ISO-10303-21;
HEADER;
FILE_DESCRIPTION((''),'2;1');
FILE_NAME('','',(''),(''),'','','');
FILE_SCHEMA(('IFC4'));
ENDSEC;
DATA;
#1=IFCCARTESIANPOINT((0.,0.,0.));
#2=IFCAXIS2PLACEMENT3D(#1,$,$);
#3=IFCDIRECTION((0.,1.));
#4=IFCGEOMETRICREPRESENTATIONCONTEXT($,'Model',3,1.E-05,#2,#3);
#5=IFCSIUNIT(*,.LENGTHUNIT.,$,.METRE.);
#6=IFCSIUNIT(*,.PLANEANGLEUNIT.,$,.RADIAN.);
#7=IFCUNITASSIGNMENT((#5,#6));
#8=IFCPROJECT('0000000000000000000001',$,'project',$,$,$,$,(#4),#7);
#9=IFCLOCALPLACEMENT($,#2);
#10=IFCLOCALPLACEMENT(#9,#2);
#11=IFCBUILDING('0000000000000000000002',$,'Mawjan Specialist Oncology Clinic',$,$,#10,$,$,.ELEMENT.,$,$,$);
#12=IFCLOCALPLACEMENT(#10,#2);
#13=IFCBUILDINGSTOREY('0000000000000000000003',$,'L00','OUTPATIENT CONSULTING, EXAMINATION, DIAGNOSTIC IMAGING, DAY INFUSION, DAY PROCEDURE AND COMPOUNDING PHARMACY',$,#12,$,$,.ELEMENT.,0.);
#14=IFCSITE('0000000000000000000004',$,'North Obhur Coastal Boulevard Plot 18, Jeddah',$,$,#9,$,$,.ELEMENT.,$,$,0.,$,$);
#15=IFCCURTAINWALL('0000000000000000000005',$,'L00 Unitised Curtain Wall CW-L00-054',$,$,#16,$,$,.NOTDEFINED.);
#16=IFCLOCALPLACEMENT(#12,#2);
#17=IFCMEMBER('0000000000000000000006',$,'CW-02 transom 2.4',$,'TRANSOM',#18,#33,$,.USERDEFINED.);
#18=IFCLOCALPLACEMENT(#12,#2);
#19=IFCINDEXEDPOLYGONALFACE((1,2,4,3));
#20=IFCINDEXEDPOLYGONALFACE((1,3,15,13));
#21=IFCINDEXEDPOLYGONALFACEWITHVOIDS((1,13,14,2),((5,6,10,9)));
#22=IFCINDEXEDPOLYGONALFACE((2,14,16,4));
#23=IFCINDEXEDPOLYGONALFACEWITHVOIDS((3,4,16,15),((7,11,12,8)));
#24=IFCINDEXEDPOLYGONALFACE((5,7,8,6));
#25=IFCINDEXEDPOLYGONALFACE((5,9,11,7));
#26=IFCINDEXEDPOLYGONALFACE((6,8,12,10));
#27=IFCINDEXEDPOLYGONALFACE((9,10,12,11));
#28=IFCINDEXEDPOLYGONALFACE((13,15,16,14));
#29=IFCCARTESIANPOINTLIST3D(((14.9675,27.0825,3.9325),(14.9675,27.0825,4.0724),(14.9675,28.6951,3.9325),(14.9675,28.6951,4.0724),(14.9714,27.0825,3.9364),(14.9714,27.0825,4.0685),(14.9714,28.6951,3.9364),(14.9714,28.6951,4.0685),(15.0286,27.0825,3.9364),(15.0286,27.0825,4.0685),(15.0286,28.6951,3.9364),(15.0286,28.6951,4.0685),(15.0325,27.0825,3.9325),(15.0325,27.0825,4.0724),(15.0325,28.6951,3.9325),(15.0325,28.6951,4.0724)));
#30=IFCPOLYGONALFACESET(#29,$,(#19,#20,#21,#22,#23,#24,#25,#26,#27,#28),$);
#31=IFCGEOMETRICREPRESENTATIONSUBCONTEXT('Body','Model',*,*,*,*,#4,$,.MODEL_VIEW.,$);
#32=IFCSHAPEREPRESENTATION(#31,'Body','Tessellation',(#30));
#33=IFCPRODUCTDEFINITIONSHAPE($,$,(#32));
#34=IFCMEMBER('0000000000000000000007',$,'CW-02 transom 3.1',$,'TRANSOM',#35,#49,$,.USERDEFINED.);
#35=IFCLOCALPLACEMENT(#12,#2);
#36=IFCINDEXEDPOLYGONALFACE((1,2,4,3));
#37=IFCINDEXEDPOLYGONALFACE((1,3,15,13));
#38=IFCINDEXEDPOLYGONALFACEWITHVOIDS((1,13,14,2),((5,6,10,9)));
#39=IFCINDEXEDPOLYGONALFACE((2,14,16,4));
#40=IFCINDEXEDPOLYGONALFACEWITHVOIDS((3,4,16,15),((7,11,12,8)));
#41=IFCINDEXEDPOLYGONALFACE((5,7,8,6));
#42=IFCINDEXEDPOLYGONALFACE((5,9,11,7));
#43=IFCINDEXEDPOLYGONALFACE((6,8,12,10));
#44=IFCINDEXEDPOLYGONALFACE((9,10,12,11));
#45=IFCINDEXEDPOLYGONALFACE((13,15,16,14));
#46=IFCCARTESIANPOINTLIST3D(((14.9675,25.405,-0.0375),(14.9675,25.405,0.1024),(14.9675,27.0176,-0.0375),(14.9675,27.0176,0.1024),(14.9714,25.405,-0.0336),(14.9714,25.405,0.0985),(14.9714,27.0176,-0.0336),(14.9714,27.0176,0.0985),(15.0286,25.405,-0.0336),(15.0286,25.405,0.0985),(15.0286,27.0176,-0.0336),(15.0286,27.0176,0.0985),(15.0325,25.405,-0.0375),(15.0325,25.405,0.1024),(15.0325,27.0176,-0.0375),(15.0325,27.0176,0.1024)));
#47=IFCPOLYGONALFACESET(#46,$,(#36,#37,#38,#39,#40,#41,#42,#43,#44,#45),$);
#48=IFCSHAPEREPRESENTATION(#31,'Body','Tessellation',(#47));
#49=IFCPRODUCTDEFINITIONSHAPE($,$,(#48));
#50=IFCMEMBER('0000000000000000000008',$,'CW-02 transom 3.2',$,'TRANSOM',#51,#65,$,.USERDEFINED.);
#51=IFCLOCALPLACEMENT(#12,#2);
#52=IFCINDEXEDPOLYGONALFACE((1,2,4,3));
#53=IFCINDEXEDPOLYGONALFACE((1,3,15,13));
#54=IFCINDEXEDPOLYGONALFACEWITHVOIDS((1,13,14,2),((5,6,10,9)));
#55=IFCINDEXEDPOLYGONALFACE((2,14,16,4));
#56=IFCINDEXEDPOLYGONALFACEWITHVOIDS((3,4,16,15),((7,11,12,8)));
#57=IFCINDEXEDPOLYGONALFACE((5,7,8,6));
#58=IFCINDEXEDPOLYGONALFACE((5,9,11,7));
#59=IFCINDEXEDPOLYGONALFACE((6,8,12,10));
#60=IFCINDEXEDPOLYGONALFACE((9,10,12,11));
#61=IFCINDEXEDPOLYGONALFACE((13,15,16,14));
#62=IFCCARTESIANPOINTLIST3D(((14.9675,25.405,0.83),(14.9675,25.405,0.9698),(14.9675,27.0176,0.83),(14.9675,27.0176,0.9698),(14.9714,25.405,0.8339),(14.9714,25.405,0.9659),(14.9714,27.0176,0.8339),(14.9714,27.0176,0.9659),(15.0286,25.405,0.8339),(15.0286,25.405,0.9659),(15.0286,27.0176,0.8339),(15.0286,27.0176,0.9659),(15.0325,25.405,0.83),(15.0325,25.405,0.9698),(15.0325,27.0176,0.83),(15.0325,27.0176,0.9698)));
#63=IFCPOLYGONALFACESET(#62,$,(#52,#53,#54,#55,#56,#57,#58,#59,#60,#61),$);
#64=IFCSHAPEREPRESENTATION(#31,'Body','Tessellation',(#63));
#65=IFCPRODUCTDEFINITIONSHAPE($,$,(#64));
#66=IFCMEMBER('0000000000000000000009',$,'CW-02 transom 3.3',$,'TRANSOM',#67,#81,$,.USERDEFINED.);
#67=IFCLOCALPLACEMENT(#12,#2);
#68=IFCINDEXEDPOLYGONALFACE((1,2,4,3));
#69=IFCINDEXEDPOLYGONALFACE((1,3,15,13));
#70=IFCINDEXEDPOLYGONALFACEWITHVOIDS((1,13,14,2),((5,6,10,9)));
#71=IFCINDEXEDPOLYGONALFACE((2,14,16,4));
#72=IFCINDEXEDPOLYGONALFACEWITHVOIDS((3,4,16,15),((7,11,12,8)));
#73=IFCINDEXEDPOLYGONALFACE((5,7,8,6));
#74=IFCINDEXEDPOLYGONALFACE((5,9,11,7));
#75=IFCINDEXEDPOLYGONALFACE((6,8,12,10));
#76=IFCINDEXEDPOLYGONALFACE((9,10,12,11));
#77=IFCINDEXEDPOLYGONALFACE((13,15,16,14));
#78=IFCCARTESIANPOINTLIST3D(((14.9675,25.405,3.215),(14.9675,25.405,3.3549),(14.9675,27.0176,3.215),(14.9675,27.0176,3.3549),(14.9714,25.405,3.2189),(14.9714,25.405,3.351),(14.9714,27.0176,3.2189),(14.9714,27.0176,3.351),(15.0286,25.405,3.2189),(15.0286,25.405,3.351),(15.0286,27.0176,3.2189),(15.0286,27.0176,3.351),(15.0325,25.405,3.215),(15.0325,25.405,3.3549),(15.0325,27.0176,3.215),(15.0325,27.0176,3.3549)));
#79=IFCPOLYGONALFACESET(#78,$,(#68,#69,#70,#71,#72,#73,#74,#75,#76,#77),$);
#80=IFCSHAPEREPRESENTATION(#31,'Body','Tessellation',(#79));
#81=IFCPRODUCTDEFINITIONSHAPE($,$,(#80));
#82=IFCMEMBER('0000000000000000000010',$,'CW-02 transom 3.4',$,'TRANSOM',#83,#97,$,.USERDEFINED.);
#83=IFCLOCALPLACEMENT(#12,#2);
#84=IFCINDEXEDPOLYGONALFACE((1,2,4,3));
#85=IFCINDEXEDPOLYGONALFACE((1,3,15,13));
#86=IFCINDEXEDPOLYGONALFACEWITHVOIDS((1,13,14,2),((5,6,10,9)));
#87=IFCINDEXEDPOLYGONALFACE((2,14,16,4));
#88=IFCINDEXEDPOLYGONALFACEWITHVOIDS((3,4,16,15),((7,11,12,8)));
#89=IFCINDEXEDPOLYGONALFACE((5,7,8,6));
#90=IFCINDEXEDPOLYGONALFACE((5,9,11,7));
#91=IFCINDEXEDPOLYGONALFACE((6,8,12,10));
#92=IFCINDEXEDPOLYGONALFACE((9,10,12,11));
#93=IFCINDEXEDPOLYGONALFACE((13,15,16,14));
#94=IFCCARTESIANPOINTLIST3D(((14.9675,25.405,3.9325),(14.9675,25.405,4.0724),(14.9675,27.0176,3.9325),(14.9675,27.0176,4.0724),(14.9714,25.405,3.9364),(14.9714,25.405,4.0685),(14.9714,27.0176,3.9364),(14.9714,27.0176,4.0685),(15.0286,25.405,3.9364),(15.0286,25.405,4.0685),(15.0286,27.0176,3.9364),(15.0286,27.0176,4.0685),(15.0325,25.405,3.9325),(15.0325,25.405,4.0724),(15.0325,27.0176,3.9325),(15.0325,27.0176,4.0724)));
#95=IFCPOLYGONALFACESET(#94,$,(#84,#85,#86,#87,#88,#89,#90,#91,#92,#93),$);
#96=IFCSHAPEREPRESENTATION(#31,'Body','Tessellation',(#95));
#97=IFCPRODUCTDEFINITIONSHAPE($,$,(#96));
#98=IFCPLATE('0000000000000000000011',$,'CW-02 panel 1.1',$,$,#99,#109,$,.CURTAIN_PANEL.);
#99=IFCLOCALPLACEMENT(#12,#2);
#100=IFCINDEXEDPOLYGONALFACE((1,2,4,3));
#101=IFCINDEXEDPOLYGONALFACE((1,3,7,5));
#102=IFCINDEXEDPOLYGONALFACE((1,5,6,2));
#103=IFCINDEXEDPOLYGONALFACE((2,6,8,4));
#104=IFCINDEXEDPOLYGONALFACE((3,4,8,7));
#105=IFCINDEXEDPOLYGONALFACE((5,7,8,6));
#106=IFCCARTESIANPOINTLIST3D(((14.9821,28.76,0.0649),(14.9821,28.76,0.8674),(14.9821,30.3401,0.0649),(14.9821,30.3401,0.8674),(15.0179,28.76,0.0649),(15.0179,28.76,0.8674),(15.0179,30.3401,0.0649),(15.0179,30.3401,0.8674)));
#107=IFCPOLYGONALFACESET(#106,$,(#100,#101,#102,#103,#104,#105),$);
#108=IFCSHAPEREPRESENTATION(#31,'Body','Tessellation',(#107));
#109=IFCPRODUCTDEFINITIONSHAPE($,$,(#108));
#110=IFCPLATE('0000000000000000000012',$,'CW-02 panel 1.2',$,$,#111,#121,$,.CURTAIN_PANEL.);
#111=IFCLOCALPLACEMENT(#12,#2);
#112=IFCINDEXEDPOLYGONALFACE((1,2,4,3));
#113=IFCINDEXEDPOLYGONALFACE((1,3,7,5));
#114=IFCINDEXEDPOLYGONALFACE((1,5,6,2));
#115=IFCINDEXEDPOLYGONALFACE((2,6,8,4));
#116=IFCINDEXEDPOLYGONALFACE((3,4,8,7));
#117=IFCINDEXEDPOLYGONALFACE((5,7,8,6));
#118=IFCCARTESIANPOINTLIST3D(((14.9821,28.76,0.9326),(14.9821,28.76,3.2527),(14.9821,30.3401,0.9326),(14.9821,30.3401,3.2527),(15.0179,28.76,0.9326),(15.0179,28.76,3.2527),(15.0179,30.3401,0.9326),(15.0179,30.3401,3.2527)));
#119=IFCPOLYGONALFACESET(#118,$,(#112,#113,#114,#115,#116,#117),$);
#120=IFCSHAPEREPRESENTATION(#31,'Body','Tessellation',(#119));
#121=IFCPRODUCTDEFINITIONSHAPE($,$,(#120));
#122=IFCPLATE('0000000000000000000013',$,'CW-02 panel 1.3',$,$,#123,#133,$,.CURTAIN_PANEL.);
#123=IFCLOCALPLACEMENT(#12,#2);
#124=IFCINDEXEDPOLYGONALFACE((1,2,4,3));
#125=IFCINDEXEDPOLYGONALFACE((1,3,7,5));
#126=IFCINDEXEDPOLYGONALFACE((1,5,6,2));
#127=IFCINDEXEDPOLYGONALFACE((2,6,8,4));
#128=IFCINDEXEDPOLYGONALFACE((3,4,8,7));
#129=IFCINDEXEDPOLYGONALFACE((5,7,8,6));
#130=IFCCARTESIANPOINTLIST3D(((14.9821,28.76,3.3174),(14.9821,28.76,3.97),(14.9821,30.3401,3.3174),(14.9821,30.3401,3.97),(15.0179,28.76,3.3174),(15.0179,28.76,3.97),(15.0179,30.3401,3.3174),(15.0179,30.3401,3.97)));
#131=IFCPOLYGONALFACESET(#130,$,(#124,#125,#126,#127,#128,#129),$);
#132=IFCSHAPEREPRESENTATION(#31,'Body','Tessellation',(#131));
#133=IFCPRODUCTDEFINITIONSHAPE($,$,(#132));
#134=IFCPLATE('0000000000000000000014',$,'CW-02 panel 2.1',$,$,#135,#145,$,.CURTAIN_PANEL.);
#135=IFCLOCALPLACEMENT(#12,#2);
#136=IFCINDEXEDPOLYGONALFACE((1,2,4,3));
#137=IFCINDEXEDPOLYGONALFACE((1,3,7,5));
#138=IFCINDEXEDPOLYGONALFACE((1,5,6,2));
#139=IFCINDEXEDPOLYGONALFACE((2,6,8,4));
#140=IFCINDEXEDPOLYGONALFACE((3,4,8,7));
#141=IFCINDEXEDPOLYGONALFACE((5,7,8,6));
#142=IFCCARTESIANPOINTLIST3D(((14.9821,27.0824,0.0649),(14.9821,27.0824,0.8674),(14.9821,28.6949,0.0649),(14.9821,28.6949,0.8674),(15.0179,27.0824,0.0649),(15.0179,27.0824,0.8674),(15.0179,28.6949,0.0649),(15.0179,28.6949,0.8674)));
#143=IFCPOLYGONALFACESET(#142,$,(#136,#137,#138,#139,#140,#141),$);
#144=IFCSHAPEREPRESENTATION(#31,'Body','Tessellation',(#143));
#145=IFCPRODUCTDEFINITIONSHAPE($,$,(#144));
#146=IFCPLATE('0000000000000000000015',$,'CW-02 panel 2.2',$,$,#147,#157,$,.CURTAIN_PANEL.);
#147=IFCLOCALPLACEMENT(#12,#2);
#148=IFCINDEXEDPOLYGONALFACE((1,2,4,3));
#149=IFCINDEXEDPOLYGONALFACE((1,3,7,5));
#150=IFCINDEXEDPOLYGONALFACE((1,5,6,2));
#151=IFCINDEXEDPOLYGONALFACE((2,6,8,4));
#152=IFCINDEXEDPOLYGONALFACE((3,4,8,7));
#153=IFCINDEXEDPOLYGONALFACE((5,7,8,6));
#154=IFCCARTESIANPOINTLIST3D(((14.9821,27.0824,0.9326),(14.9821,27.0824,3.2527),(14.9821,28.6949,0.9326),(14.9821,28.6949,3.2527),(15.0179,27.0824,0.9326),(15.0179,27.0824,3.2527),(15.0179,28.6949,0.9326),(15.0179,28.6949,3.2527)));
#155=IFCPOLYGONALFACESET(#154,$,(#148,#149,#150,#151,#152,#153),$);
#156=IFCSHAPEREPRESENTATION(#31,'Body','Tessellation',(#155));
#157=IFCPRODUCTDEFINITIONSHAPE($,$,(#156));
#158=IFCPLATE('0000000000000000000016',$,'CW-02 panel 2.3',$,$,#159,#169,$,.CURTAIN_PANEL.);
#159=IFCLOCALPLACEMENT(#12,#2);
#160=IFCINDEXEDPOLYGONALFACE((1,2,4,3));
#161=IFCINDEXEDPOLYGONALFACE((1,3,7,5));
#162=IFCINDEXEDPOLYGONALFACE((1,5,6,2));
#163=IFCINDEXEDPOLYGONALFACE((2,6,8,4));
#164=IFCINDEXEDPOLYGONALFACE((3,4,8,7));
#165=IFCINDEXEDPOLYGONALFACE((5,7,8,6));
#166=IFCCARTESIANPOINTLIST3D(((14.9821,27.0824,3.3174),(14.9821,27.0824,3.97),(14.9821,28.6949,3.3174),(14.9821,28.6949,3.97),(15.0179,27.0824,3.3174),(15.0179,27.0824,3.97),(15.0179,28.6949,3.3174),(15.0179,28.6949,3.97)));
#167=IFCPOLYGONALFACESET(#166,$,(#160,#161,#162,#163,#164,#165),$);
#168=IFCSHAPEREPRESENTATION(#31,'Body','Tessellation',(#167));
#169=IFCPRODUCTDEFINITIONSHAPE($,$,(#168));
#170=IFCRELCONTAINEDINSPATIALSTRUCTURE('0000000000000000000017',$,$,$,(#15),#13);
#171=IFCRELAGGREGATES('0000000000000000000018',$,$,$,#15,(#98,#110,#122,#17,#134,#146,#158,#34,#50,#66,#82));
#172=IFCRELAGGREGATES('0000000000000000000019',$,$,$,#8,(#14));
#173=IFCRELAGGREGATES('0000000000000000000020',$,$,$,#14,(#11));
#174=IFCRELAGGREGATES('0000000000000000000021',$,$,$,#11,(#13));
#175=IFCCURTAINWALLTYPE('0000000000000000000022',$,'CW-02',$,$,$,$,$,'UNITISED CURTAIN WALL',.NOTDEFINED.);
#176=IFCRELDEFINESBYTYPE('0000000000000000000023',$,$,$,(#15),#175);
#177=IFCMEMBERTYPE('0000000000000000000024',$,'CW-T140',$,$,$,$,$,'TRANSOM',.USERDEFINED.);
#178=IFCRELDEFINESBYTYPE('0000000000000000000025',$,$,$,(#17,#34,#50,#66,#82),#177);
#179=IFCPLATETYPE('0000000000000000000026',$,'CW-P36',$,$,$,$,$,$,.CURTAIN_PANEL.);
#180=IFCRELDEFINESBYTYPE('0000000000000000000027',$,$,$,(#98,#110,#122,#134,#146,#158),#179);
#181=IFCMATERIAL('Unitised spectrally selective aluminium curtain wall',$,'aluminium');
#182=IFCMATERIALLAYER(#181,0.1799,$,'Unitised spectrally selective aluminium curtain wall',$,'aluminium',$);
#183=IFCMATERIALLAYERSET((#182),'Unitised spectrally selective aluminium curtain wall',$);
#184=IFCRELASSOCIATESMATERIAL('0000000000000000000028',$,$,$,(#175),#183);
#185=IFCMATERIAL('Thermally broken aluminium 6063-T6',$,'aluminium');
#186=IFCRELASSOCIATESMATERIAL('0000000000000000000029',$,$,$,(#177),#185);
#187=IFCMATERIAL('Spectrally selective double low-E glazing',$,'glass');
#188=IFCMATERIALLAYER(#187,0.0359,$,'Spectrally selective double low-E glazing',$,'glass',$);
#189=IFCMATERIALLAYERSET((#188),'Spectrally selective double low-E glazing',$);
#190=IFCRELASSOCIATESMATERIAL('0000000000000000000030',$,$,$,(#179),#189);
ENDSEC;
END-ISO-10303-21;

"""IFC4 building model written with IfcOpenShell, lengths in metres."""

from ifc_helpers import new_model, si_unit, direction, frame, origin, origin_2d, place, context, subcontext, project, spatial, rectangle, hollow_rectangle, extrude, material, layer, layer_set, material_profile, profile_set, type_object, element, aggregate, save


model = new_model("IFC4")

# Units and contexts
model_context = context("Model", 3, precision=1e-05, world=origin(), true_north=direction((0.0, 1.0)))
body_context = subcontext(model_context, "Body", "Model", "MODEL_VIEW")
ifc_project = project(units=[si_unit("LENGTHUNIT", "METRE"), si_unit("PLANEANGLEUNIT", "RADIAN")], contexts=[model_context])

# Site, building, storey
site_placement = place(None, origin())
site = spatial("IfcSite", under=ifc_project, at=site_placement, Name="North Obhur Coastal Boulevard Plot 18, Jeddah", CompositionType="ELEMENT", RefElevation=0.0)
building_placement = place(site_placement, origin())
building = spatial("IfcBuilding", under=site, at=building_placement, Name="Mawjan Specialist Oncology Clinic", CompositionType="ELEMENT")
storey_placement = place(building_placement, origin())
storey = spatial("IfcBuildingStorey", under=building, at=storey_placement, Name="L00", Description="OUTPATIENT CONSULTING, EXAMINATION, DIAGNOSTIC IMAGING, DAY INFUSION, DAY PROCEDURE AND COMPOUNDING PHARMACY", CompositionType="ELEMENT", Elevation=0.0)

# Curtain wall, members, plates
ifc_material_1 = material(Name="Unitised spectrally selective aluminium curtain wall", Category="aluminium")
ifc_layer_1 = layer(ifc_material_1, 0.1799, Name="Unitised spectrally selective aluminium curtain wall", Category="aluminium")
ifc_layer_set_1 = layer_set([ifc_layer_1], Name="Unitised spectrally selective aluminium curtain wall")
curtain_wall_type = type_object("IfcCurtainWallType", Name="CW-02", ElementType="UNITISED CURTAIN WALL", PredefinedType="NOTDEFINED", material=ifc_layer_set_1)
curtain_wall_placement = place(storey_placement, origin())
curtain_wall = element("IfcCurtainWall", 1, at=curtain_wall_placement, inside=storey, type_object=curtain_wall_type, Name="L00 Unitised Curtain Wall CW-L00-054", PredefinedType="NOTDEFINED")
ifc_material_2 = material(Name="Thermally broken aluminium 6063-T6", Category="aluminium")
ifc_material_profile_1 = material_profile(ifc_material_2, hollow_rectangle(XDim=0.0649, YDim=0.1399, WallThickness=0.0039, at=origin_2d()), Name="ALU TRANSOM 140x65x4", Category="aluminium")
ifc_profile_set_1 = profile_set([ifc_material_profile_1], Name="Thermally broken aluminium 6063-T6")
member_type_1 = type_object("IfcMemberType", Name="CW-T140", ElementType="TRANSOM", PredefinedType="USERDEFINED", material=ifc_profile_set_1)
member_1_placement = place(storey_placement, frame((15.0, 28.6951, 4.0024), z_axis=(0.0, -1.0, 0.0), x_axis=(1.0, 0.0, 0.0)))
member_1 = element("IfcMember", 2, at=member_1_placement, type_object=member_type_1, Name="CW-02 transom 2.4", ObjectType="TRANSOM", PredefinedType="USERDEFINED", context=body_context, shape_type="SweptSolid", body=[
    extrude(hollow_rectangle(XDim=0.0649, YDim=0.1399, WallThickness=0.0039, at=origin_2d()), origin(), (0.0, 0.0, 1.0), 1.6125),
])
member_2_placement = place(storey_placement, frame((15.0, 27.0176, 0.0325), z_axis=(0.0, -1.0, 0.0), x_axis=(1.0, 0.0, 0.0)))
member_2 = element("IfcMember", 3, at=member_2_placement, type_object=member_type_1, Name="CW-02 transom 3.1", ObjectType="TRANSOM", PredefinedType="USERDEFINED", context=body_context, shape_type="SweptSolid", body=[
    extrude(hollow_rectangle(XDim=0.0649, YDim=0.1399, WallThickness=0.0039, at=origin_2d()), origin(), (0.0, 0.0, 1.0), 1.6125),
])
member_3_placement = place(storey_placement, frame((15.0, 27.0176, 0.8999), z_axis=(0.0, -1.0, 0.0), x_axis=(1.0, 0.0, 0.0)))
member_3 = element("IfcMember", 4, at=member_3_placement, type_object=member_type_1, Name="CW-02 transom 3.2", ObjectType="TRANSOM", PredefinedType="USERDEFINED", context=body_context, shape_type="SweptSolid", body=[
    extrude(hollow_rectangle(XDim=0.0649, YDim=0.1399, WallThickness=0.0039, at=origin_2d()), origin(), (0.0, 0.0, 1.0), 1.6125),
])
member_4_placement = place(storey_placement, frame((15.0, 27.0176, 3.2849), z_axis=(0.0, -1.0, 0.0), x_axis=(1.0, 0.0, 0.0)))
member_4 = element("IfcMember", 5, at=member_4_placement, type_object=member_type_1, Name="CW-02 transom 3.3", ObjectType="TRANSOM", PredefinedType="USERDEFINED", context=body_context, shape_type="SweptSolid", body=[
    extrude(hollow_rectangle(XDim=0.0649, YDim=0.1399, WallThickness=0.0039, at=origin_2d()), origin(), (0.0, 0.0, 1.0), 1.6125),
])
member_5_placement = place(storey_placement, frame((15.0, 27.0176, 4.0024), z_axis=(0.0, -1.0, 0.0), x_axis=(1.0, 0.0, 0.0)))
member_5 = element("IfcMember", 6, at=member_5_placement, type_object=member_type_1, Name="CW-02 transom 3.4", ObjectType="TRANSOM", PredefinedType="USERDEFINED", context=body_context, shape_type="SweptSolid", body=[
    extrude(hollow_rectangle(XDim=0.0649, YDim=0.1399, WallThickness=0.0039, at=origin_2d()), origin(), (0.0, 0.0, 1.0), 1.6125),
])
ifc_material_3 = material(Name="Spectrally selective double low-E glazing", Category="glass")
ifc_layer_2 = layer(ifc_material_3, 0.0359, Name="Spectrally selective double low-E glazing", Category="glass")
ifc_layer_set_2 = layer_set([ifc_layer_2], Name="Spectrally selective double low-E glazing")
plate_type = type_object("IfcPlateType", Name="CW-P36", PredefinedType="CURTAIN_PANEL", material=ifc_layer_set_2)
plate_1_placement = place(storey_placement, frame((15.0, 29.55, 0.0649), z_axis=(0.0, 0.0, 1.0), x_axis=(0.0, -1.0, 0.0)))
plate_1 = element("IfcPlate", 7, at=plate_1_placement, type_object=plate_type, Name="CW-02 panel 1.1", PredefinedType="CURTAIN_PANEL", context=body_context, shape_type="SweptSolid", body=[
    extrude(rectangle(XDim=1.5801, YDim=0.0359, at=origin_2d()), origin(), (0.0, 0.0, 1.0), 0.8025),
])
plate_2_placement = place(storey_placement, frame((15.0, 29.55, 0.9326), z_axis=(0.0, 0.0, 1.0), x_axis=(0.0, -1.0, 0.0)))
plate_2 = element("IfcPlate", 8, at=plate_2_placement, type_object=plate_type, Name="CW-02 panel 1.2", PredefinedType="CURTAIN_PANEL", context=body_context, shape_type="SweptSolid", body=[
    extrude(rectangle(XDim=1.5801, YDim=0.0359, at=origin_2d()), origin(), (0.0, 0.0, 1.0), 2.3201),
])
plate_3_placement = place(storey_placement, frame((15.0, 29.55, 3.3174), z_axis=(0.0, 0.0, 1.0), x_axis=(0.0, -1.0, 0.0)))
plate_3 = element("IfcPlate", 9, at=plate_3_placement, type_object=plate_type, Name="CW-02 panel 1.3", PredefinedType="CURTAIN_PANEL", context=body_context, shape_type="SweptSolid", body=[
    extrude(rectangle(XDim=1.5801, YDim=0.0359, at=origin_2d()), origin(), (0.0, 0.0, 1.0), 0.6526),
])
plate_4_placement = place(storey_placement, frame((15.0, 27.8887, 0.0649), z_axis=(0.0, 0.0, 1.0), x_axis=(0.0, -1.0, 0.0)))
plate_4 = element("IfcPlate", 10, at=plate_4_placement, type_object=plate_type, Name="CW-02 panel 2.1", PredefinedType="CURTAIN_PANEL", context=body_context, shape_type="SweptSolid", body=[
    extrude(rectangle(XDim=1.6125, YDim=0.0359, at=origin_2d()), origin(), (0.0, 0.0, 1.0), 0.8025),
])
plate_5_placement = place(storey_placement, frame((15.0, 27.8887, 0.9326), z_axis=(0.0, 0.0, 1.0), x_axis=(0.0, -1.0, 0.0)))
plate_5 = element("IfcPlate", 11, at=plate_5_placement, type_object=plate_type, Name="CW-02 panel 2.2", PredefinedType="CURTAIN_PANEL", context=body_context, shape_type="SweptSolid", body=[
    extrude(rectangle(XDim=1.6125, YDim=0.0359, at=origin_2d()), origin(), (0.0, 0.0, 1.0), 2.3201),
])
plate_6_placement = place(storey_placement, frame((15.0, 27.8887, 3.3174), z_axis=(0.0, 0.0, 1.0), x_axis=(0.0, -1.0, 0.0)))
plate_6 = element("IfcPlate", 12, at=plate_6_placement, type_object=plate_type, Name="CW-02 panel 2.3", PredefinedType="CURTAIN_PANEL", context=body_context, shape_type="SweptSolid", body=[
    extrude(rectangle(XDim=1.6125, YDim=0.0359, at=origin_2d()), origin(), (0.0, 0.0, 1.0), 0.6526),
])
aggregate(curtain_wall, [plate_1, plate_2, plate_3, member_1, plate_4, plate_5, plate_6, member_2, member_3, member_4, member_5])

save(model, "model.ifc")
